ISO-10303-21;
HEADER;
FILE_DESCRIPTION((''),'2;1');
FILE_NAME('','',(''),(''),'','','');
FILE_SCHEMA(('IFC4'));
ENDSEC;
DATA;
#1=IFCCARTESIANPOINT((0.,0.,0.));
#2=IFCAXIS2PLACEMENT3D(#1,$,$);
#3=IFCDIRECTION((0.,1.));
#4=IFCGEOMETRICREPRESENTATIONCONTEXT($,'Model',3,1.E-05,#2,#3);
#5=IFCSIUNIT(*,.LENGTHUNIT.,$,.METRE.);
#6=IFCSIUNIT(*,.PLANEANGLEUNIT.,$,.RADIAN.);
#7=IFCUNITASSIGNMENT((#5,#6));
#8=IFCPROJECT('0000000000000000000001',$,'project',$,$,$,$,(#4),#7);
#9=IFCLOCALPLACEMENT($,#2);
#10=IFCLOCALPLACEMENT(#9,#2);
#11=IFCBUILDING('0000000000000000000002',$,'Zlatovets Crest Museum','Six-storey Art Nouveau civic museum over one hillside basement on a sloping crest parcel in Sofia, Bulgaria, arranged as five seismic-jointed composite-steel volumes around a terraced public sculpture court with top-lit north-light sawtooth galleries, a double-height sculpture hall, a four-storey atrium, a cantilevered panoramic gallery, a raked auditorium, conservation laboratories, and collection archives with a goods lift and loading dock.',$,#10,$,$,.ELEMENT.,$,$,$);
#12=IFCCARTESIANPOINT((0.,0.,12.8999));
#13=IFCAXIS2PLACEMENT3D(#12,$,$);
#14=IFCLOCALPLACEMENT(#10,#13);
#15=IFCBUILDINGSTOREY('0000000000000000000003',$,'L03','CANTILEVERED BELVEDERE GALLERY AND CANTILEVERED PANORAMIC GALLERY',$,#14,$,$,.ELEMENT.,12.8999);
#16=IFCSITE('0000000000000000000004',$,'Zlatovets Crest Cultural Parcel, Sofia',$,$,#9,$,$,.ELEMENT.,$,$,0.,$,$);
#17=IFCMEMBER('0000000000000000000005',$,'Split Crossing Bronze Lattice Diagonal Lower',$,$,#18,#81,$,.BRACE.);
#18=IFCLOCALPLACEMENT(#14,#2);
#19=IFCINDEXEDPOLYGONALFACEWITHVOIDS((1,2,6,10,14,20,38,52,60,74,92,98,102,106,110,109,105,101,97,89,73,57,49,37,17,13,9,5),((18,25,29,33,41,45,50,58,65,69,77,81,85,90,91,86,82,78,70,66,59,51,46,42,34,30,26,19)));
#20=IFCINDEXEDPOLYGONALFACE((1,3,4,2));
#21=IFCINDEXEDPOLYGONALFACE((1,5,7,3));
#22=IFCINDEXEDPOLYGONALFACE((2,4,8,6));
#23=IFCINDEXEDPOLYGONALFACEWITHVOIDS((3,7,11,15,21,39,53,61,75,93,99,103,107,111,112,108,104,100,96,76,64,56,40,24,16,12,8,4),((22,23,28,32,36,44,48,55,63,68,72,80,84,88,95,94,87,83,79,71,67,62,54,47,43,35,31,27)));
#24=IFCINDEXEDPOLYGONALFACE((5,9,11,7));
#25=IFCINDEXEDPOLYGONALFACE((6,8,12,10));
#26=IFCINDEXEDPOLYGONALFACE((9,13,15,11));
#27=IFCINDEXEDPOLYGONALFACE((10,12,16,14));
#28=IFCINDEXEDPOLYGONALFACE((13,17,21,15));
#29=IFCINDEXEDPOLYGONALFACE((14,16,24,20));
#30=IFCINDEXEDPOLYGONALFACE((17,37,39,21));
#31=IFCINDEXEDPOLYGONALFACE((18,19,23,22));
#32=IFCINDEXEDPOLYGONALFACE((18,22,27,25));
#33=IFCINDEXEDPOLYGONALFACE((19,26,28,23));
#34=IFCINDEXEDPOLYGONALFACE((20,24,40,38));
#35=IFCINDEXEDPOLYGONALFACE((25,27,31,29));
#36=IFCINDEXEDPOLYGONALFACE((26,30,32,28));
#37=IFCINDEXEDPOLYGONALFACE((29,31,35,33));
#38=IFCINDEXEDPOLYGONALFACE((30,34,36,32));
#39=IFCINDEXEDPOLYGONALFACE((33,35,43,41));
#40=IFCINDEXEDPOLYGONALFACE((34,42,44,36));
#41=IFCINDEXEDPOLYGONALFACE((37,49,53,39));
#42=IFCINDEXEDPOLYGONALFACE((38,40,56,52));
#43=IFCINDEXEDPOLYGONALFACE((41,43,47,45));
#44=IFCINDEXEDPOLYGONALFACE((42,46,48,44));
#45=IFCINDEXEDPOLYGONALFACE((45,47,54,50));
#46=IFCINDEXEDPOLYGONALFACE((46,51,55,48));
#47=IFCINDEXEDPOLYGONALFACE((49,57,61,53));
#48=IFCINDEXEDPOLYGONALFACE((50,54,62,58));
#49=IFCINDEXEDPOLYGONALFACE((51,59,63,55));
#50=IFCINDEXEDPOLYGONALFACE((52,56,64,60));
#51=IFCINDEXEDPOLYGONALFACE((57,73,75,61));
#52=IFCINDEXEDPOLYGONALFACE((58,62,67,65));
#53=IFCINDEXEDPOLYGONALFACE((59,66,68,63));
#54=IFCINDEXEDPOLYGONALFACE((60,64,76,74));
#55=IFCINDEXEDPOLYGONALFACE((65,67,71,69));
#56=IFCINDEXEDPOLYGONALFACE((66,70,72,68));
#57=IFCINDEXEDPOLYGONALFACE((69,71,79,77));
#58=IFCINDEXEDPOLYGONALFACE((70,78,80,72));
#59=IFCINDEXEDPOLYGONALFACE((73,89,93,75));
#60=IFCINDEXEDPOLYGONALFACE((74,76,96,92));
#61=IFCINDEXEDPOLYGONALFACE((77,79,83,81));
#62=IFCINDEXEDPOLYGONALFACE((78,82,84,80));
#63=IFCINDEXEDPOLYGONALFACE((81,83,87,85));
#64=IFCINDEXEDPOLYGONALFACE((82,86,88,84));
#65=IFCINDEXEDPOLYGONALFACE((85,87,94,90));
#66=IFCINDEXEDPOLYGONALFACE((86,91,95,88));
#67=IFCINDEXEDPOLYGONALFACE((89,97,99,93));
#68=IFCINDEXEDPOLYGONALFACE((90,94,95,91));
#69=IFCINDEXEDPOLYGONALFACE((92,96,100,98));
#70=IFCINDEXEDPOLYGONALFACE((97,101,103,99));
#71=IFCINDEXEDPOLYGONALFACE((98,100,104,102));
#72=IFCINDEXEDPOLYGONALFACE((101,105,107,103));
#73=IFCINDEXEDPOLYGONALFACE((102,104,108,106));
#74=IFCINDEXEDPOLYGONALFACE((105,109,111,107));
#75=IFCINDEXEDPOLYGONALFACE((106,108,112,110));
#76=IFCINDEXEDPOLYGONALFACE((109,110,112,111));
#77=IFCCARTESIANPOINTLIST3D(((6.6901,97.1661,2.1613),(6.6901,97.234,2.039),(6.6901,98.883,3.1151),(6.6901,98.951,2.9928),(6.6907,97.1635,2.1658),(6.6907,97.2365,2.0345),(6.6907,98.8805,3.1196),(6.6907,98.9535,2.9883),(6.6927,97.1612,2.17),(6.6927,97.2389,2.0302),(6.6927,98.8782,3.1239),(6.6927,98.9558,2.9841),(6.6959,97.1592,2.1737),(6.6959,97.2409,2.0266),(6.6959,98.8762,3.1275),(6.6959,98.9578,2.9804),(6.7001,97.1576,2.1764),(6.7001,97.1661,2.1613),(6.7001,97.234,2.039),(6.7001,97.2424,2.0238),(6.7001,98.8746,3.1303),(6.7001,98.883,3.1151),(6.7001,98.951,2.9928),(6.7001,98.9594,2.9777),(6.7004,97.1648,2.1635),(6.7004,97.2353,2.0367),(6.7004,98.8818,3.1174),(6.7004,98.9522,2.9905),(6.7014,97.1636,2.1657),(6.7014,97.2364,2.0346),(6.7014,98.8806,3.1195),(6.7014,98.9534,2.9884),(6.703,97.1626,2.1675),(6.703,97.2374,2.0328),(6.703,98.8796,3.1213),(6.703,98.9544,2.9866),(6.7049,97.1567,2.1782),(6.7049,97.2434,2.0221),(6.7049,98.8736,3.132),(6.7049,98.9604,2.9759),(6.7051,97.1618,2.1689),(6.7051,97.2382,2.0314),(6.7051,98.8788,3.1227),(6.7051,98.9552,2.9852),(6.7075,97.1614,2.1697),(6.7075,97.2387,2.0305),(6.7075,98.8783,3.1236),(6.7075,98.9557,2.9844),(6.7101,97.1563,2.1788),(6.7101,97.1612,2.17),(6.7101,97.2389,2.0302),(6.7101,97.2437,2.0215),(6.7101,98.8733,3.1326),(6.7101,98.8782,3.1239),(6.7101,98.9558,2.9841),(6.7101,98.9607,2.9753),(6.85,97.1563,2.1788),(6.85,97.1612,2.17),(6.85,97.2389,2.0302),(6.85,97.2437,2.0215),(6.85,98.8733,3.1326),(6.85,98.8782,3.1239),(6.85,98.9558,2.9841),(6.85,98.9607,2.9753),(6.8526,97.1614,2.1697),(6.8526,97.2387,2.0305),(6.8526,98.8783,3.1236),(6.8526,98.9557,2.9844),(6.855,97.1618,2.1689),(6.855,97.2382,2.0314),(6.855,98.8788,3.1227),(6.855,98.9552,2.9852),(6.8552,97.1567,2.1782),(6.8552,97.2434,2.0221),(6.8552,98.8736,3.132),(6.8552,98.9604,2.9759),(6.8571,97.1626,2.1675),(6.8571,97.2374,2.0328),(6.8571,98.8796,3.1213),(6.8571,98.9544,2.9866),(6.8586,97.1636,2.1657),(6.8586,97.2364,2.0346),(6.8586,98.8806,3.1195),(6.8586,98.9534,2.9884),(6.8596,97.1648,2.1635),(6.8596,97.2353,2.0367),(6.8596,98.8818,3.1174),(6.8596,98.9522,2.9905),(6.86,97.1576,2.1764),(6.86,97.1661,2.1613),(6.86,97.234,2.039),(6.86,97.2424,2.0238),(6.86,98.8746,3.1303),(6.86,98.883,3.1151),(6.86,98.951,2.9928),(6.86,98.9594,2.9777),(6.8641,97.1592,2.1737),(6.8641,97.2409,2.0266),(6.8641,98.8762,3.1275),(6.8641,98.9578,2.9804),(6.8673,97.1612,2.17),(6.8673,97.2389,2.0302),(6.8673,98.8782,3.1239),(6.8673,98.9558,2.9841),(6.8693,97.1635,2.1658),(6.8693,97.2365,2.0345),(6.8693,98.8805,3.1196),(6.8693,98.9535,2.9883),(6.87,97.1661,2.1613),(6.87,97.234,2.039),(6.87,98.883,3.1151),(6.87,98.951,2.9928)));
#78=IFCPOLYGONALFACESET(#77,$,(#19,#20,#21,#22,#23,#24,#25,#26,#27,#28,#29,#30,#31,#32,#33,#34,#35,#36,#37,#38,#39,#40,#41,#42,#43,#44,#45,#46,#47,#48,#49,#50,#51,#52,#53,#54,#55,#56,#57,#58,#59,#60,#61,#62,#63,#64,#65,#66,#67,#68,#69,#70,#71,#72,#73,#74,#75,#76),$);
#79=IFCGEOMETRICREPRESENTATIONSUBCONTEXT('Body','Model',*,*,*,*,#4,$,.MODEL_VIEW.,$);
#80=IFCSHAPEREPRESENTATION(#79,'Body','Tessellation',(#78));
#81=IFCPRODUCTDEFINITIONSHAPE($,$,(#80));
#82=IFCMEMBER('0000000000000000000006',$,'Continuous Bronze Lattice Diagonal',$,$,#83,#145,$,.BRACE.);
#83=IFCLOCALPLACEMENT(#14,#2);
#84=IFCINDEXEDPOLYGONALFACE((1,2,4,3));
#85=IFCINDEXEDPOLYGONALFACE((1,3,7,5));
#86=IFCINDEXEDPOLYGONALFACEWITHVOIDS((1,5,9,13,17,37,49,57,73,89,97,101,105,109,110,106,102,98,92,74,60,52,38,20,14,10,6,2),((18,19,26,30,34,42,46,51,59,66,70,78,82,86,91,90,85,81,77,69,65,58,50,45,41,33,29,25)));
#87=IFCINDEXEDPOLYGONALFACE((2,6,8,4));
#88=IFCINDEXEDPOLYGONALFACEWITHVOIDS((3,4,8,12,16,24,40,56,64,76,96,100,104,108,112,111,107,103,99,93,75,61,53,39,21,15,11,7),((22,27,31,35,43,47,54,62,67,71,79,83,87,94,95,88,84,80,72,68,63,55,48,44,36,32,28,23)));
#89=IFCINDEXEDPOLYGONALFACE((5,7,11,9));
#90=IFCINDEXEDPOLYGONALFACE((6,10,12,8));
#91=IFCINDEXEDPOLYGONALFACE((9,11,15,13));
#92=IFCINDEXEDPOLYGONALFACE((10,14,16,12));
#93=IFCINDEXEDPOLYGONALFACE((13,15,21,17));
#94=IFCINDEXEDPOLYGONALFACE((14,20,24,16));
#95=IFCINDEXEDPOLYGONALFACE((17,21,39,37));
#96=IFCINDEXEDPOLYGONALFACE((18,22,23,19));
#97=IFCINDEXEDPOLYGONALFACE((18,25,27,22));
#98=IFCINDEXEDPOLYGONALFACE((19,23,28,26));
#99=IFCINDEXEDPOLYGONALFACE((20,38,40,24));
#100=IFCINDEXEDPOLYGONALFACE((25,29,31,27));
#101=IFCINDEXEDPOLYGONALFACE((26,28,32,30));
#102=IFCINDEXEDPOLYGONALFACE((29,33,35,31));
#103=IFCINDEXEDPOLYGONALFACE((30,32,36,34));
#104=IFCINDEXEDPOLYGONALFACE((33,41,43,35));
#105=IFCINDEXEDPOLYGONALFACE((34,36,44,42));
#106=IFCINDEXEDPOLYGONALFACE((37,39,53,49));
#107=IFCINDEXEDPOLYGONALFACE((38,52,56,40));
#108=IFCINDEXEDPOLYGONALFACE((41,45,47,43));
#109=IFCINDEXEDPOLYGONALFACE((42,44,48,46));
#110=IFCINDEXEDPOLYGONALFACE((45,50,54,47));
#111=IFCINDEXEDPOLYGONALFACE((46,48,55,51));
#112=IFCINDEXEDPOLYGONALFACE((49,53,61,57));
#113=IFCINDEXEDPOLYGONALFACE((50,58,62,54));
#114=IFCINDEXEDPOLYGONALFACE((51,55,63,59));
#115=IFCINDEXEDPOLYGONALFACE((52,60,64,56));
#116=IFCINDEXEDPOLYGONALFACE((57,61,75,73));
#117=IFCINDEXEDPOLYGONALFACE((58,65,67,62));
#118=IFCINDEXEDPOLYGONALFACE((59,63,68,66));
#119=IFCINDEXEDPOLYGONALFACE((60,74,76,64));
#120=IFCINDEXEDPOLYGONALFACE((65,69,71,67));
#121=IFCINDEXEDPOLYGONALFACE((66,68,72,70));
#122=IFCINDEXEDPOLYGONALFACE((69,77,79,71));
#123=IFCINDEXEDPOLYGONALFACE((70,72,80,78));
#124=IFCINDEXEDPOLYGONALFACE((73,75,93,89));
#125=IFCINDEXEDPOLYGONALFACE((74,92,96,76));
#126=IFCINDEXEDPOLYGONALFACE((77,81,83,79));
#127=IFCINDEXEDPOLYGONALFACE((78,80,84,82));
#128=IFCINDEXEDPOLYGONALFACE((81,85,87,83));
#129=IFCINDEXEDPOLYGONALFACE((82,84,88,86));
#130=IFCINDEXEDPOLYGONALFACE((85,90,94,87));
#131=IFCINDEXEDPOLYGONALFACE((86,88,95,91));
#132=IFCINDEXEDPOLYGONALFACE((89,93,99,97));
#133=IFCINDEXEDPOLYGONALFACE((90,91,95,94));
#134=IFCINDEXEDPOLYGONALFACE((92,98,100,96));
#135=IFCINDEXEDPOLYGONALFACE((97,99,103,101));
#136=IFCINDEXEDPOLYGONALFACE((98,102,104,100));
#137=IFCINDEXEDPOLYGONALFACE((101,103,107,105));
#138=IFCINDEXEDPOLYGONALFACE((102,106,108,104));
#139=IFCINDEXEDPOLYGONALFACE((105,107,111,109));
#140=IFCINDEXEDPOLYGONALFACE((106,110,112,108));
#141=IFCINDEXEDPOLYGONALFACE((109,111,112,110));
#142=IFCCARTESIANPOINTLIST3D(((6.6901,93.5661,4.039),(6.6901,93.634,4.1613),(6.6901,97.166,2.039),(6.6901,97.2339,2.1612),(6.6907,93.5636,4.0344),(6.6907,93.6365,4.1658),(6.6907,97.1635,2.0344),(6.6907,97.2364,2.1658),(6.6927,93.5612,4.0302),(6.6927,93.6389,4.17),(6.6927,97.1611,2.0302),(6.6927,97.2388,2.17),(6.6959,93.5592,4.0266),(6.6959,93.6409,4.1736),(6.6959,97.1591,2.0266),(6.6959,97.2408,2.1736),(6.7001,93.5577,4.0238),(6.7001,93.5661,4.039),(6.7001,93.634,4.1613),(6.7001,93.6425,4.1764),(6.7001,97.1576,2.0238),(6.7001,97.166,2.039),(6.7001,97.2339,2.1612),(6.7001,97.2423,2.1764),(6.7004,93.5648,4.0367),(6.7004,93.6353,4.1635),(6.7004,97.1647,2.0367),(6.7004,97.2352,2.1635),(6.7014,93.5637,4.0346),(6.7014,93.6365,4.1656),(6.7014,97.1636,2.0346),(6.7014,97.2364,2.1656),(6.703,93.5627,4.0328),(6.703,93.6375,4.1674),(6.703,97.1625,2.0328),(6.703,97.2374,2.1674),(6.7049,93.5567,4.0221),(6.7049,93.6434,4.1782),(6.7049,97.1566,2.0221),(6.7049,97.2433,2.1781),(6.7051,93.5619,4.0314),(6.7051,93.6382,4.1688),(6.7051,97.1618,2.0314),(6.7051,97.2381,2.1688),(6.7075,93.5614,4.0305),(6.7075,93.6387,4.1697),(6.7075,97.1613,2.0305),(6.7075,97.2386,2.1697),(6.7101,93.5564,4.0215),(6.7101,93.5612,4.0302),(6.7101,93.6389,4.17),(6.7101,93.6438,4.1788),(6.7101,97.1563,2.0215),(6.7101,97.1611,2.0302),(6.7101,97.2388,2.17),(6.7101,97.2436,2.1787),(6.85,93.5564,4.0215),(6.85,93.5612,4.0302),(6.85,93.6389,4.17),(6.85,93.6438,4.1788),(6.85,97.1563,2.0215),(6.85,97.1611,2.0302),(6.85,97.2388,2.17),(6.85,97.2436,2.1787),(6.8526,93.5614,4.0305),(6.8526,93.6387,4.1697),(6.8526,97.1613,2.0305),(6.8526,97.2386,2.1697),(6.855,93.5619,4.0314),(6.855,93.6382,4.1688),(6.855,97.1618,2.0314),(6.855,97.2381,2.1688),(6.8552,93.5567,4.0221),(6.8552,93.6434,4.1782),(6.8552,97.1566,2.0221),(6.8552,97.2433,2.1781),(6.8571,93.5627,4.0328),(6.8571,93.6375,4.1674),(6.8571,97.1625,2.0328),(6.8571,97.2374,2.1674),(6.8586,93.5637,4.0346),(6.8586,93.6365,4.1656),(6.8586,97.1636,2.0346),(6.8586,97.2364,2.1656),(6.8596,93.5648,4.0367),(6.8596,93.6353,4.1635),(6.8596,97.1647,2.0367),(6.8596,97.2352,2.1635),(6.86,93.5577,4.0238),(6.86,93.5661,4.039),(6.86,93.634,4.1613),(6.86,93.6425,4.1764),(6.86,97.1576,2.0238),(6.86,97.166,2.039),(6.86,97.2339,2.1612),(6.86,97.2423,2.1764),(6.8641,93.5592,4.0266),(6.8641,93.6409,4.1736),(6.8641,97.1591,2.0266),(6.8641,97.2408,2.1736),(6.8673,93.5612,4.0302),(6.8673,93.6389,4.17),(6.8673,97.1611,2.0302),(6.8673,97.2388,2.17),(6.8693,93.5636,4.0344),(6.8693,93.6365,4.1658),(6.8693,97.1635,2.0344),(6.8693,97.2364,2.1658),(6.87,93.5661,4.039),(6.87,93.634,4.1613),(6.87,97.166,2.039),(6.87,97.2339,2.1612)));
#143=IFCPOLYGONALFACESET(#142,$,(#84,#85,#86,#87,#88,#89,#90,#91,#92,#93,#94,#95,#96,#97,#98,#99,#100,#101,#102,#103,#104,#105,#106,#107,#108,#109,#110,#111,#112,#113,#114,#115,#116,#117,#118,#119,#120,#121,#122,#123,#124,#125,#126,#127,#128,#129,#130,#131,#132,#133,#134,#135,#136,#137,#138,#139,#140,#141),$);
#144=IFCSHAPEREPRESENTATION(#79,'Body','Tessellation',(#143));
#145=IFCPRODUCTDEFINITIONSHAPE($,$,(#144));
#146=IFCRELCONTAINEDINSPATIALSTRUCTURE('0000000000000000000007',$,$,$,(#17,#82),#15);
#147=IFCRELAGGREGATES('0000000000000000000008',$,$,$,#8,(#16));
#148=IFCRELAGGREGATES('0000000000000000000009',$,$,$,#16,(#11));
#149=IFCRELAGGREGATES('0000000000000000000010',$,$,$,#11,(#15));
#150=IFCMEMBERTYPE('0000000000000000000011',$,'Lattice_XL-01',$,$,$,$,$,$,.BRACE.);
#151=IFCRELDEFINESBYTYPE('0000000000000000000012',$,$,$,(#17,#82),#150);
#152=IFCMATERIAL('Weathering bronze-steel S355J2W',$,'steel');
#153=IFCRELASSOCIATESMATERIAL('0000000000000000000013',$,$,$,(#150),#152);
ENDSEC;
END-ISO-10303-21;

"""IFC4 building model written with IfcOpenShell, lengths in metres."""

from ifc_helpers import new_model, si_unit, direction, frame, origin, origin_2d, place, context, subcontext, project, spatial, hollow_rectangle, extrude, material, material_profile, profile_set, type_object, element, save


model = new_model("IFC4")

# Units and contexts
model_context = context("Model", 3, precision=1e-05, world=origin(), true_north=direction((0.0, 1.0)))
body_context = subcontext(model_context, "Body", "Model", "MODEL_VIEW")
ifc_project = project(units=[si_unit("LENGTHUNIT", "METRE"), si_unit("PLANEANGLEUNIT", "RADIAN")], contexts=[model_context])

# Site, building, storey
site_placement = place(None, origin())
site = spatial("IfcSite", under=ifc_project, at=site_placement, Name="Zlatovets Crest Cultural Parcel, Sofia", CompositionType="ELEMENT", RefElevation=0.0)
building_placement = place(site_placement, origin())
building = spatial("IfcBuilding", under=site, at=building_placement, Name="Zlatovets Crest Museum", Description="Six-storey Art Nouveau civic museum over one hillside basement on a sloping crest parcel in Sofia, Bulgaria, arranged as five seismic-jointed composite-steel volumes around a terraced public sculpture court with top-lit north-light sawtooth galleries, a double-height sculpture hall, a four-storey atrium, a cantilevered panoramic gallery, a raked auditorium, conservation laboratories, and collection archives with a goods lift and loading dock.", CompositionType="ELEMENT")
storey_placement = place(building_placement, frame((0.0, 0.0, 12.8999)))
storey = spatial("IfcBuildingStorey", under=building, at=storey_placement, Name="L03", Description="CANTILEVERED BELVEDERE GALLERY AND CANTILEVERED PANORAMIC GALLERY", CompositionType="ELEMENT", Elevation=12.8999)

# Members
ifc_material_1 = material(Name="Weathering bronze-steel S355J2W", Category="steel")
ifc_material_profile_1 = material_profile(ifc_material_1, hollow_rectangle(XDim=0.1799, YDim=0.1799, WallThickness=0.01, InnerFilletRadius=0.01, OuterFilletRadius=0.02, at=origin_2d()), Name="SHS 180x180x10.0")
ifc_profile_set_1 = profile_set([ifc_material_profile_1], Name="Weathering bronze-steel S355J2W")
member_type_1 = type_object("IfcMemberType", Name="Lattice_XL-01", PredefinedType="BRACE", material=ifc_profile_set_1)
for number, where, z_axis, x_axis, name in (
    (1, (6.78, 98.917, 3.054), (0.0, -0.874169, -0.485622), (1.0, 0.0, 0.0), "Split Crossing Bronze Lattice Diagonal Lower"),
):
    element("IfcMember", number, at=place(storey_placement, frame(where, z_axis=z_axis, x_axis=x_axis)), inside=storey, type_object=member_type_1, Name=name, PredefinedType="BRACE", context=body_context, shape_type="SweptSolid", body=[
        extrude(hollow_rectangle(XDim=0.1799, YDim=0.1799, WallThickness=0.01, InnerFilletRadius=0.01, OuterFilletRadius=0.02, at=origin_2d()), origin(), (0.0, 0.0, 1.0), 1.9641),
    ])
member_1_placement = place(storey_placement, frame((6.78, 97.2, 2.1001), z_axis=(0.0, -0.874149, 0.485658), x_axis=(1.0, 0.0, 0.0)))
element("IfcMember", 2, at=member_1_placement, inside=storey, type_object=member_type_1, Name="Continuous Bronze Lattice Diagonal", PredefinedType="BRACE", context=body_context, shape_type="SweptSolid", body=[
    extrude(hollow_rectangle(XDim=0.1799, YDim=0.1799, WallThickness=0.01, InnerFilletRadius=0.01, OuterFilletRadius=0.02, at=origin_2d()), origin(), (0.0, 0.0, 1.0), 4.1182),
])

save(model, "model.ifc")
